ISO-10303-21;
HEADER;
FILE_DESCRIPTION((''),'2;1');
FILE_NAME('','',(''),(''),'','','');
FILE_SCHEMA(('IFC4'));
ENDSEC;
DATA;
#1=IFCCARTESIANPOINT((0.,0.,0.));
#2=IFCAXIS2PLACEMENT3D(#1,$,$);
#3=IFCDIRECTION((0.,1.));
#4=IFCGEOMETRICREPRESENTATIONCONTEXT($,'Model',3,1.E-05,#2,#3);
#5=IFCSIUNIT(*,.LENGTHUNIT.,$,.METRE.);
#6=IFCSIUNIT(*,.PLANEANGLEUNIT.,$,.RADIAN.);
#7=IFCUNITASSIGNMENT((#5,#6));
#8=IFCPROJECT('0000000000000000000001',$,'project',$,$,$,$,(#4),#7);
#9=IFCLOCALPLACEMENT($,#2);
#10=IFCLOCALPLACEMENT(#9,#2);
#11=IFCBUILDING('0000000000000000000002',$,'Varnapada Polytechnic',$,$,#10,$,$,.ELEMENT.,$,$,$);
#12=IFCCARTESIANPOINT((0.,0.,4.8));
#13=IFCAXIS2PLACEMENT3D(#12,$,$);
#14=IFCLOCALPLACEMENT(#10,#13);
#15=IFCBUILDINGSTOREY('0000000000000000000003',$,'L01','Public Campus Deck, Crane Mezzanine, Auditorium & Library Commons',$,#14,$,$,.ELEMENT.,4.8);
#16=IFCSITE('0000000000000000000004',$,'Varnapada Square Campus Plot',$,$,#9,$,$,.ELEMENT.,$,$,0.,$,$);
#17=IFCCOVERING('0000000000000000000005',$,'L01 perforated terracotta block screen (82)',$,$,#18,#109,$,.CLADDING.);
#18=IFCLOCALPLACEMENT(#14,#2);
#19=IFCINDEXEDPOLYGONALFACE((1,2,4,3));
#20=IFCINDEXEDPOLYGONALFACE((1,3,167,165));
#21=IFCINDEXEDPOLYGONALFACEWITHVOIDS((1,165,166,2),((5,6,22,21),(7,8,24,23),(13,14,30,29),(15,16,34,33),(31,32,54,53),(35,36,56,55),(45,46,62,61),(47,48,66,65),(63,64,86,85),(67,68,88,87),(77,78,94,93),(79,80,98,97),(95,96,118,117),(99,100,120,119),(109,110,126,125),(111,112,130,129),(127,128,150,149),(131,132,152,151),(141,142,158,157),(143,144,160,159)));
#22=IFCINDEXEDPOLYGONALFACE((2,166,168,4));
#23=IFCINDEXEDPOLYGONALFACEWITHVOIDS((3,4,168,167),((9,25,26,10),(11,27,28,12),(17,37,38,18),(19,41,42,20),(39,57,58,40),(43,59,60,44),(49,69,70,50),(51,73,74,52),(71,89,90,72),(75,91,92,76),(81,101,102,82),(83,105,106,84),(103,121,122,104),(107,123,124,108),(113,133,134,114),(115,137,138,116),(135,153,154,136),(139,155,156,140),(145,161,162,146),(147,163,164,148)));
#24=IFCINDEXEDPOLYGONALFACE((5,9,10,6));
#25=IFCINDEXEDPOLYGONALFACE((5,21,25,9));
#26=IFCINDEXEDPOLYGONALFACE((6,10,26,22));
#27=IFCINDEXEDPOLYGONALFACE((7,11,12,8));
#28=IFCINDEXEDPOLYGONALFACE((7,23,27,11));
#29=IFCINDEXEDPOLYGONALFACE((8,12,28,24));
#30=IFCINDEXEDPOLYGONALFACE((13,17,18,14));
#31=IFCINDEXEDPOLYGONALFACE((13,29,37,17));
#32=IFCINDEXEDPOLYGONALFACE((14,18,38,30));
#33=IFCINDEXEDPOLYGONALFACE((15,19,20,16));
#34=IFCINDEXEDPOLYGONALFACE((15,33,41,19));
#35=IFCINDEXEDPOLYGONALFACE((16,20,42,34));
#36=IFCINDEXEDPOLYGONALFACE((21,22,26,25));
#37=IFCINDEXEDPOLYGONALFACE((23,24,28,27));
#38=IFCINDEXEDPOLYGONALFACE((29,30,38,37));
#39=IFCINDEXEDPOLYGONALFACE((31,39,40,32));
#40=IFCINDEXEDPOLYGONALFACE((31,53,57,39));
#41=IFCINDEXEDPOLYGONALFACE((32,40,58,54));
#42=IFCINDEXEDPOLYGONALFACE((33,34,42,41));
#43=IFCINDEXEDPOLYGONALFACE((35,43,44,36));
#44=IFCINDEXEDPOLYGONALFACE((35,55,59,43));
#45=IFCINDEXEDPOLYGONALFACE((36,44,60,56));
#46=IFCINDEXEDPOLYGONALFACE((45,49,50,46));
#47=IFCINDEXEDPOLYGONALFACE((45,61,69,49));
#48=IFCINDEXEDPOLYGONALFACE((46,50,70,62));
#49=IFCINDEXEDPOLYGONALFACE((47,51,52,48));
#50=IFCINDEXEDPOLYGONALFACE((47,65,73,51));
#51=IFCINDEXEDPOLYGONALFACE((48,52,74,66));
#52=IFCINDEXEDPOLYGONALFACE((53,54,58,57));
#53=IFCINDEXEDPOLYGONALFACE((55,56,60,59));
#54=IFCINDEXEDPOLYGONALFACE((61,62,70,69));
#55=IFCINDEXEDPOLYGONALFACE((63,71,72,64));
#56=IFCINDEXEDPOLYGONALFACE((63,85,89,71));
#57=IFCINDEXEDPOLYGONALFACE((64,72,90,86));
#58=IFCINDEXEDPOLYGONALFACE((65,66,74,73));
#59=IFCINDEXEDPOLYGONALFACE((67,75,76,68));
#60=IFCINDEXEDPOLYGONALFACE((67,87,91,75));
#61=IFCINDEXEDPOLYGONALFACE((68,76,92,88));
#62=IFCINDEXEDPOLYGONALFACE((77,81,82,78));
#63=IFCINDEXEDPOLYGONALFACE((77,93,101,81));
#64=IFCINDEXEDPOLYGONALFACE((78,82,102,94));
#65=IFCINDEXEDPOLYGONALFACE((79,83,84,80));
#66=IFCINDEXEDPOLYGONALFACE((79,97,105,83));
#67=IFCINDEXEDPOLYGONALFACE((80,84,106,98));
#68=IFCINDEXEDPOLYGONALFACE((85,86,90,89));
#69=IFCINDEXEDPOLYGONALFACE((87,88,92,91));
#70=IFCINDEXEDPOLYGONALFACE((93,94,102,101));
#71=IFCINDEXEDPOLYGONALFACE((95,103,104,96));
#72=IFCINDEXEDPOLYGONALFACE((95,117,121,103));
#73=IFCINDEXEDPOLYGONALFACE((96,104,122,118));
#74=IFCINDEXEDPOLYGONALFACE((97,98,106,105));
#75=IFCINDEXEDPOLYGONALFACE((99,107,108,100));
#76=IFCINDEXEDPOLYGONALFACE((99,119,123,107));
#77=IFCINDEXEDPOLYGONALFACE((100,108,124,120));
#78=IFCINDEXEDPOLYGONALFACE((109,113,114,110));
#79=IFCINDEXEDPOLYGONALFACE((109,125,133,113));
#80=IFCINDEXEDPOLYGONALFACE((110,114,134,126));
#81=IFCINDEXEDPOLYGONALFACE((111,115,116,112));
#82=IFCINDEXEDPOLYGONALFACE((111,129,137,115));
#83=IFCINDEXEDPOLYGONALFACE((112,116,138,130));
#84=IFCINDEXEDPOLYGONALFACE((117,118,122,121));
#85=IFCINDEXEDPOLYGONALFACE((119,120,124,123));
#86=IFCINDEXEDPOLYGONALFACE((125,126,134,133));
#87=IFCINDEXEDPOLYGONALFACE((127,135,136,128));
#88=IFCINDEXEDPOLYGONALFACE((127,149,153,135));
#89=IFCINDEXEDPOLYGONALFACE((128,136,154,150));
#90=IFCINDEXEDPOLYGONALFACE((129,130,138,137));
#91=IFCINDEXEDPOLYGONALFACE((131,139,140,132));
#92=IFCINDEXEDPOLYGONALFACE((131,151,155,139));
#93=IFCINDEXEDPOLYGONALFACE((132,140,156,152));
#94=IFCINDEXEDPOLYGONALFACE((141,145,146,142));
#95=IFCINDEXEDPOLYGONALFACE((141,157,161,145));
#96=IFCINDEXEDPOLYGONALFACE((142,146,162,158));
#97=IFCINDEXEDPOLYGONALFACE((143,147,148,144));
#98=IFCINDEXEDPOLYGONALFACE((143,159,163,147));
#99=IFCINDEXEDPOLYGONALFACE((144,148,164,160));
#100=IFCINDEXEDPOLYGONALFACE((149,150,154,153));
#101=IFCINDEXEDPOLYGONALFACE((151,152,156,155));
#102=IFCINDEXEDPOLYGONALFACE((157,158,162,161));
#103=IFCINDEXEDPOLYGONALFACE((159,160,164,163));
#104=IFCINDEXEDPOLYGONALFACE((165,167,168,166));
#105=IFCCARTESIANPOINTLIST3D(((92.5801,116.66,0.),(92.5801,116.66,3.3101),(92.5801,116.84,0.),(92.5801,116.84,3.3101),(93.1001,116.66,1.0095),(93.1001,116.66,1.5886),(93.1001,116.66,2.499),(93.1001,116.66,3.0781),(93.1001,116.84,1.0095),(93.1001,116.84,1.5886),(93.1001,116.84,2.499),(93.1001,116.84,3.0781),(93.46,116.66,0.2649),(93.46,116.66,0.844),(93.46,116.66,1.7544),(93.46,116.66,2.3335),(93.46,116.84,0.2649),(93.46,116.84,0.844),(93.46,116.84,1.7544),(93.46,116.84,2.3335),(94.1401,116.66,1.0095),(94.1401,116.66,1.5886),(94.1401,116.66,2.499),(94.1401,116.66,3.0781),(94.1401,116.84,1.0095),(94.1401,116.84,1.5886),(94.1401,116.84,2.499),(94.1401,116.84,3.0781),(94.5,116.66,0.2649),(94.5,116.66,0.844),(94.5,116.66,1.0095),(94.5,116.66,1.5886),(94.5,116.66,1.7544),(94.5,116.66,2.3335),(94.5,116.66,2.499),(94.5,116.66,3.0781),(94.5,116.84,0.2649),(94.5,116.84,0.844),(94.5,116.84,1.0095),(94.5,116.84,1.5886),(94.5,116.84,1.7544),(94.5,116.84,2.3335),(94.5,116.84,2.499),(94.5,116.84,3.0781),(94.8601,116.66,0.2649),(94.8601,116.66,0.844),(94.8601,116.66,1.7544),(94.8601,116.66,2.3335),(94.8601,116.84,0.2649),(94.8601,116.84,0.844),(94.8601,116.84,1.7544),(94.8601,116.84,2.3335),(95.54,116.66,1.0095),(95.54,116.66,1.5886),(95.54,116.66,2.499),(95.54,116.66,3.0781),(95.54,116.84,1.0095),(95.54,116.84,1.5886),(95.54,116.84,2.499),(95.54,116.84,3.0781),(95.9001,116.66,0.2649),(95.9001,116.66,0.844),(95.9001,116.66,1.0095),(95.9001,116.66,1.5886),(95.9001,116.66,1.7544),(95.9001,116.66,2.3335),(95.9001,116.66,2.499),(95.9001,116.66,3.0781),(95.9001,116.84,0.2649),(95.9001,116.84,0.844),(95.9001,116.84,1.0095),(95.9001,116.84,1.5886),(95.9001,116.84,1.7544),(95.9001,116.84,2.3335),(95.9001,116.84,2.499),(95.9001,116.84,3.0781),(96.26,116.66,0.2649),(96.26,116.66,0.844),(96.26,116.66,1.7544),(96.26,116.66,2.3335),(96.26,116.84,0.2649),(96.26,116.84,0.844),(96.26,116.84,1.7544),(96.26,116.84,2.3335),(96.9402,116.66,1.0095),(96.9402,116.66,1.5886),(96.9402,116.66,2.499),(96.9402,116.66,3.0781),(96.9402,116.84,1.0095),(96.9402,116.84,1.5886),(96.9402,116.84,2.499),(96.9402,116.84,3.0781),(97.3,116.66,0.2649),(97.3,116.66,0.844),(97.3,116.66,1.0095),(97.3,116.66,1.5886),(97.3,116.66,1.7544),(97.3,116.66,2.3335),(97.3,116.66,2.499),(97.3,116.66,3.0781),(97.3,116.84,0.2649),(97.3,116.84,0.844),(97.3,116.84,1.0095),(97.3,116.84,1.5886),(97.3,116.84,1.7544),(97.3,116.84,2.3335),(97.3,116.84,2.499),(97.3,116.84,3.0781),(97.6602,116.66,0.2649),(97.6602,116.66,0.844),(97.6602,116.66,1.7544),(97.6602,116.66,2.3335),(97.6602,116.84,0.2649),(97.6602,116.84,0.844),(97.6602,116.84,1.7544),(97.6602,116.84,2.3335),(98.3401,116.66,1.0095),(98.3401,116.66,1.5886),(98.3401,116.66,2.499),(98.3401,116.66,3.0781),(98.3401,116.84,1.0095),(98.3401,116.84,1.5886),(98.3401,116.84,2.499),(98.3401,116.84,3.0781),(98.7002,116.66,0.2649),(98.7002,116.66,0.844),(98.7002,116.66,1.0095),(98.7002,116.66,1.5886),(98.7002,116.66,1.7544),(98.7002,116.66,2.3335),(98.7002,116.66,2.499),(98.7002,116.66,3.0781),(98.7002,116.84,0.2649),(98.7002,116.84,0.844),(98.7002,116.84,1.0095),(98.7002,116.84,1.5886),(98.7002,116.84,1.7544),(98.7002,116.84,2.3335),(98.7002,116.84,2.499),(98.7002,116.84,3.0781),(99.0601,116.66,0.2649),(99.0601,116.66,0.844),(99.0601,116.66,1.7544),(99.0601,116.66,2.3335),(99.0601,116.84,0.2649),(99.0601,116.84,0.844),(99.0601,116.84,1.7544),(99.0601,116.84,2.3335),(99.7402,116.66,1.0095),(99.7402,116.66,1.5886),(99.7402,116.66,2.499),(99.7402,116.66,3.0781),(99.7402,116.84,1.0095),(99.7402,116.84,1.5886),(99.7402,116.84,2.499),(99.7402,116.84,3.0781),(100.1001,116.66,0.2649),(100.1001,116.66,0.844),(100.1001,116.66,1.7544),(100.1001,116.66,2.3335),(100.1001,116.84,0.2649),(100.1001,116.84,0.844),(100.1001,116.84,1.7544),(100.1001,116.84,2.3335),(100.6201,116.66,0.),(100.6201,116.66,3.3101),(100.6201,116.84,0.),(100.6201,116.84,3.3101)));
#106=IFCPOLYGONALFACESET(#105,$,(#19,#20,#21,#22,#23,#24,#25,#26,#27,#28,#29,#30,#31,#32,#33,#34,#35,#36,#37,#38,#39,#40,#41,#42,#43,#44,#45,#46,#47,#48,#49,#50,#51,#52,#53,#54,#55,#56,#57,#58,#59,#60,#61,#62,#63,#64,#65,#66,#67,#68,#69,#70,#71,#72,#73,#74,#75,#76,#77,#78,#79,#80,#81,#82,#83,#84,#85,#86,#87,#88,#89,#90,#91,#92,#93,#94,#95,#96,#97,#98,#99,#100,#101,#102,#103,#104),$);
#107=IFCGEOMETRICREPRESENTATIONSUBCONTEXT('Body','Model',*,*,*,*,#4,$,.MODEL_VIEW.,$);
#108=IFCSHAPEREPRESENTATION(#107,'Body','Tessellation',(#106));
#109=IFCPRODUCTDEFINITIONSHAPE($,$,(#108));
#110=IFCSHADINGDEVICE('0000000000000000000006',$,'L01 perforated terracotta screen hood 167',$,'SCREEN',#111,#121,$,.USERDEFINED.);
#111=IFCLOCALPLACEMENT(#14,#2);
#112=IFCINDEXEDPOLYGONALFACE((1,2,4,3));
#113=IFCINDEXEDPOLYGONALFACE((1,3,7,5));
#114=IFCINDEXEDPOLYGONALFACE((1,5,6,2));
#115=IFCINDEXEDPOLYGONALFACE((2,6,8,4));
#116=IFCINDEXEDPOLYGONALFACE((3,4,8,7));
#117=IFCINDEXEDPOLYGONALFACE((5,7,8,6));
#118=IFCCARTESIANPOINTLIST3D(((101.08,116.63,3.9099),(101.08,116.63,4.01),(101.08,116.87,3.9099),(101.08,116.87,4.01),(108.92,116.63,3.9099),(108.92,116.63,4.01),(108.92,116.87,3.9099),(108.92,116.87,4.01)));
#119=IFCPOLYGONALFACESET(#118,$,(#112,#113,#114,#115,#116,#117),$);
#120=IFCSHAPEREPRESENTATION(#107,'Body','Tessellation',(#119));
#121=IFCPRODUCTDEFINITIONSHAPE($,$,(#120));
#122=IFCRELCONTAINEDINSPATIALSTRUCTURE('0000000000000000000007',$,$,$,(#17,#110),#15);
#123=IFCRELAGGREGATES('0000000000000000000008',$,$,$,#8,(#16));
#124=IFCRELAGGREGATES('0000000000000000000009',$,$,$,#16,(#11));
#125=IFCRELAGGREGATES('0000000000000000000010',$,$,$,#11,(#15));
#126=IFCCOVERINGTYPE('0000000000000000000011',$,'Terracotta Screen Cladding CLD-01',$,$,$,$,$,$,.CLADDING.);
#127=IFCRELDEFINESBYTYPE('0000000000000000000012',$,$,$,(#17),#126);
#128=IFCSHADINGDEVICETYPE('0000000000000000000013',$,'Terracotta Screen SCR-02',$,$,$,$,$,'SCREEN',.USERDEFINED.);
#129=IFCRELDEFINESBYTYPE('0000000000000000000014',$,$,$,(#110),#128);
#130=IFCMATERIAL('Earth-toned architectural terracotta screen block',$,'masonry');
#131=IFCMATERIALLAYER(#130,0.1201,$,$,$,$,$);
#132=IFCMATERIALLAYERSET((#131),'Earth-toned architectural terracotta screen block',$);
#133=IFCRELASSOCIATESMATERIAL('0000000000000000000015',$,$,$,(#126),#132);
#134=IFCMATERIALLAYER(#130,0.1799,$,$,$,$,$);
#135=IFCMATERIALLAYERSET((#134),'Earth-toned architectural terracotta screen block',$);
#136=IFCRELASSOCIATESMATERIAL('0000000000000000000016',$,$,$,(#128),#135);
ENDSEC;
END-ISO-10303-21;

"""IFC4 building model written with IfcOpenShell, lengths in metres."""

from ifc_helpers import new_model, si_unit, direction, frame, frame_2d, origin, origin_2d, place, context, subcontext, project, spatial, rectangle, extrude, material, layer, layer_set, type_object, element, save


model = new_model("IFC4")

# Units and contexts
model_context = context("Model", 3, precision=1e-05, world=origin(), true_north=direction((0.0, 1.0)))
body_context = subcontext(model_context, "Body", "Model", "MODEL_VIEW")
ifc_project = project(units=[si_unit("LENGTHUNIT", "METRE"), si_unit("PLANEANGLEUNIT", "RADIAN")], contexts=[model_context])

# Site, building, storey
site_placement = place(None, origin())
site = spatial("IfcSite", under=ifc_project, at=site_placement, Name="Varnapada Square Campus Plot", CompositionType="ELEMENT", RefElevation=0.0)
building_placement = place(site_placement, origin())
building = spatial("IfcBuilding", under=site, at=building_placement, Name="Varnapada Polytechnic", CompositionType="ELEMENT")
storey_placement = place(building_placement, frame((0.0, 0.0, 4.8)))
storey = spatial("IfcBuildingStorey", under=building, at=storey_placement, Name="L01", Description="Public Campus Deck, Crane Mezzanine, Auditorium & Library Commons", CompositionType="ELEMENT", Elevation=4.8)

# Covering, openings
ifc_material_1 = material(Name="Earth-toned architectural terracotta screen block", Category="masonry")
ifc_layer_1 = layer(ifc_material_1, 0.1201)
ifc_layer_set_1 = layer_set([ifc_layer_1], Name="Earth-toned architectural terracotta screen block")
covering_type = type_object("IfcCoveringType", Name="Terracotta Screen Cladding CLD-01", PredefinedType="CLADDING", material=ifc_layer_set_1)
covering_placement = place(storey_placement, frame((100.6201, 116.75, 0.0), z_axis=(0.0, 0.0, 1.0), x_axis=(-1.0, 0.0, 0.0)))
covering = element("IfcCovering", 1, at=covering_placement, inside=storey, type_object=covering_type, Name="L01 perforated terracotta block screen (82)", PredefinedType="CLADDING", context=body_context, shape_type="SweptSolid", body=[
    extrude(rectangle(XDim=8.04, YDim=0.1799, at=frame_2d((4.02, 0.0))), origin(), (0.0, 0.0, 1.0), 3.3101),
])
opening_1_placement = place(covering_placement, frame((0.52, 0.0, 0.2649)))
element("IfcOpeningElement", 2, at=opening_1_placement, cuts=covering, PredefinedType="OPENING", context=body_context, shape_type="SweptSolid", body=[
    extrude(rectangle(XDim=1.04, YDim=0.5791, at=frame_2d((0.52, 0.2896))), frame((0.0, 0.0999, 0.0), z_axis=(0.0, -1.0, 0.0), x_axis=(1.0, 0.0, 0.0)), (0.0, 0.0, 1.0), 0.2),
])
opening_2_placement = place(covering_placement, frame((1.9199, 0.0, 0.2649)))
element("IfcOpeningElement", 3, at=opening_2_placement, cuts=covering, PredefinedType="OPENING", context=body_context, shape_type="SweptSolid", body=[
    extrude(rectangle(XDim=1.04, YDim=0.5791, at=frame_2d((0.52, 0.2896))), frame((0.0, 0.0999, 0.0), z_axis=(0.0, -1.0, 0.0), x_axis=(1.0, 0.0, 0.0)), (0.0, 0.0, 1.0), 0.2),
])
opening_3_placement = place(covering_placement, frame((3.3201, 0.0, 0.2649)))
element("IfcOpeningElement", 4, at=opening_3_placement, cuts=covering, PredefinedType="OPENING", context=body_context, shape_type="SweptSolid", body=[
    extrude(rectangle(XDim=1.04, YDim=0.5791, at=frame_2d((0.52, 0.2896))), frame((0.0, 0.0999, 0.0), z_axis=(0.0, -1.0, 0.0), x_axis=(1.0, 0.0, 0.0)), (0.0, 0.0, 1.0), 0.2),
])
opening_4_placement = place(covering_placement, frame((4.72, 0.0, 0.2649)))
element("IfcOpeningElement", 5, at=opening_4_placement, cuts=covering, PredefinedType="OPENING", context=body_context, shape_type="SweptSolid", body=[
    extrude(rectangle(XDim=1.04, YDim=0.5791, at=frame_2d((0.52, 0.2896))), frame((0.0, 0.0999, 0.0), z_axis=(0.0, -1.0, 0.0), x_axis=(1.0, 0.0, 0.0)), (0.0, 0.0, 1.0), 0.2),
])
opening_5_placement = place(covering_placement, frame((6.1201, 0.0, 0.2649)))
element("IfcOpeningElement", 6, at=opening_5_placement, cuts=covering, PredefinedType="OPENING", context=body_context, shape_type="SweptSolid", body=[
    extrude(rectangle(XDim=1.04, YDim=0.5791, at=frame_2d((0.52, 0.2896))), frame((0.0, 0.0999, 0.0), z_axis=(0.0, -1.0, 0.0), x_axis=(1.0, 0.0, 0.0)), (0.0, 0.0, 1.0), 0.2),
])
opening_6_placement = place(covering_placement, frame((0.8799, 0.0, 1.0095)))
element("IfcOpeningElement", 7, at=opening_6_placement, cuts=covering, PredefinedType="OPENING", context=body_context, shape_type="SweptSolid", body=[
    extrude(rectangle(XDim=1.04, YDim=0.5791, at=frame_2d((0.52, 0.2896))), frame((0.0, 0.0999, 0.0), z_axis=(0.0, -1.0, 0.0), x_axis=(1.0, 0.0, 0.0)), (0.0, 0.0, 1.0), 0.2),
])
opening_7_placement = place(covering_placement, frame((2.28, 0.0, 1.0095)))
element("IfcOpeningElement", 8, at=opening_7_placement, cuts=covering, PredefinedType="OPENING", context=body_context, shape_type="SweptSolid", body=[
    extrude(rectangle(XDim=1.04, YDim=0.5791, at=frame_2d((0.52, 0.2896))), frame((0.0, 0.0999, 0.0), z_axis=(0.0, -1.0, 0.0), x_axis=(1.0, 0.0, 0.0)), (0.0, 0.0, 1.0), 0.2),
])
opening_8_placement = place(covering_placement, frame((3.6799, 0.0, 1.0095)))
element("IfcOpeningElement", 9, at=opening_8_placement, cuts=covering, PredefinedType="OPENING", context=body_context, shape_type="SweptSolid", body=[
    extrude(rectangle(XDim=1.04, YDim=0.5791, at=frame_2d((0.52, 0.2896))), frame((0.0, 0.0999, 0.0), z_axis=(0.0, -1.0, 0.0), x_axis=(1.0, 0.0, 0.0)), (0.0, 0.0, 1.0), 0.2),
])
opening_9_placement = place(covering_placement, frame((5.0801, 0.0, 1.0095)))
element("IfcOpeningElement", 10, at=opening_9_placement, cuts=covering, PredefinedType="OPENING", context=body_context, shape_type="SweptSolid", body=[
    extrude(rectangle(XDim=1.04, YDim=0.5791, at=frame_2d((0.52, 0.2896))), frame((0.0, 0.0999, 0.0), z_axis=(0.0, -1.0, 0.0), x_axis=(1.0, 0.0, 0.0)), (0.0, 0.0, 1.0), 0.2),
])
opening_10_placement = place(covering_placement, frame((6.48, 0.0, 1.0095)))
element("IfcOpeningElement", 11, at=opening_10_placement, cuts=covering, PredefinedType="OPENING", context=body_context, shape_type="SweptSolid", body=[
    extrude(rectangle(XDim=1.04, YDim=0.5791, at=frame_2d((0.52, 0.2896))), frame((0.0, 0.0999, 0.0), z_axis=(0.0, -1.0, 0.0), x_axis=(1.0, 0.0, 0.0)), (0.0, 0.0, 1.0), 0.2),
])
opening_11_placement = place(covering_placement, frame((0.52, 0.0, 1.7544)))
element("IfcOpeningElement", 12, at=opening_11_placement, cuts=covering, PredefinedType="OPENING", context=body_context, shape_type="SweptSolid", body=[
    extrude(rectangle(XDim=1.04, YDim=0.5791, at=frame_2d((0.52, 0.2896))), frame((0.0, 0.0999, 0.0), z_axis=(0.0, -1.0, 0.0), x_axis=(1.0, 0.0, 0.0)), (0.0, 0.0, 1.0), 0.2),
])
opening_12_placement = place(covering_placement, frame((1.9199, 0.0, 1.7544)))
element("IfcOpeningElement", 13, at=opening_12_placement, cuts=covering, PredefinedType="OPENING", context=body_context, shape_type="SweptSolid", body=[
    extrude(rectangle(XDim=1.04, YDim=0.5791, at=frame_2d((0.52, 0.2896))), frame((0.0, 0.0999, 0.0), z_axis=(0.0, -1.0, 0.0), x_axis=(1.0, 0.0, 0.0)), (0.0, 0.0, 1.0), 0.2),
])
opening_13_placement = place(covering_placement, frame((3.3201, 0.0, 1.7544)))
element("IfcOpeningElement", 14, at=opening_13_placement, cuts=covering, PredefinedType="OPENING", context=body_context, shape_type="SweptSolid", body=[
    extrude(rectangle(XDim=1.04, YDim=0.5791, at=frame_2d((0.52, 0.2896))), frame((0.0, 0.0999, 0.0), z_axis=(0.0, -1.0, 0.0), x_axis=(1.0, 0.0, 0.0)), (0.0, 0.0, 1.0), 0.2),
])
opening_14_placement = place(covering_placement, frame((4.72, 0.0, 1.7544)))
element("IfcOpeningElement", 15, at=opening_14_placement, cuts=covering, PredefinedType="OPENING", context=body_context, shape_type="SweptSolid", body=[
    extrude(rectangle(XDim=1.04, YDim=0.5791, at=frame_2d((0.52, 0.2896))), frame((0.0, 0.0999, 0.0), z_axis=(0.0, -1.0, 0.0), x_axis=(1.0, 0.0, 0.0)), (0.0, 0.0, 1.0), 0.2),
])
opening_15_placement = place(covering_placement, frame((6.1201, 0.0, 1.7544)))
element("IfcOpeningElement", 16, at=opening_15_placement, cuts=covering, PredefinedType="OPENING", context=body_context, shape_type="SweptSolid", body=[
    extrude(rectangle(XDim=1.04, YDim=0.5791, at=frame_2d((0.52, 0.2896))), frame((0.0, 0.0999, 0.0), z_axis=(0.0, -1.0, 0.0), x_axis=(1.0, 0.0, 0.0)), (0.0, 0.0, 1.0), 0.2),
])
opening_16_placement = place(covering_placement, frame((0.8799, 0.0, 2.499)))
element("IfcOpeningElement", 17, at=opening_16_placement, cuts=covering, PredefinedType="OPENING", context=body_context, shape_type="SweptSolid", body=[
    extrude(rectangle(XDim=1.04, YDim=0.5791, at=frame_2d((0.52, 0.2896))), frame((0.0, 0.0999, 0.0), z_axis=(0.0, -1.0, 0.0), x_axis=(1.0, 0.0, 0.0)), (0.0, 0.0, 1.0), 0.2),
])
opening_17_placement = place(covering_placement, frame((2.28, 0.0, 2.499)))
element("IfcOpeningElement", 18, at=opening_17_placement, cuts=covering, PredefinedType="OPENING", context=body_context, shape_type="SweptSolid", body=[
    extrude(rectangle(XDim=1.04, YDim=0.5791, at=frame_2d((0.52, 0.2896))), frame((0.0, 0.0999, 0.0), z_axis=(0.0, -1.0, 0.0), x_axis=(1.0, 0.0, 0.0)), (0.0, 0.0, 1.0), 0.2),
])
opening_18_placement = place(covering_placement, frame((3.6799, 0.0, 2.499)))
element("IfcOpeningElement", 19, at=opening_18_placement, cuts=covering, PredefinedType="OPENING", context=body_context, shape_type="SweptSolid", body=[
    extrude(rectangle(XDim=1.04, YDim=0.5791, at=frame_2d((0.52, 0.2896))), frame((0.0, 0.0999, 0.0), z_axis=(0.0, -1.0, 0.0), x_axis=(1.0, 0.0, 0.0)), (0.0, 0.0, 1.0), 0.2),
])
opening_19_placement = place(covering_placement, frame((5.0801, 0.0, 2.499)))
element("IfcOpeningElement", 20, at=opening_19_placement, cuts=covering, PredefinedType="OPENING", context=body_context, shape_type="SweptSolid", body=[
    extrude(rectangle(XDim=1.04, YDim=0.5791, at=frame_2d((0.52, 0.2896))), frame((0.0, 0.0999, 0.0), z_axis=(0.0, -1.0, 0.0), x_axis=(1.0, 0.0, 0.0)), (0.0, 0.0, 1.0), 0.2),
])
opening_20_placement = place(covering_placement, frame((6.48, 0.0, 2.499)))
element("IfcOpeningElement", 21, at=opening_20_placement, cuts=covering, PredefinedType="OPENING", context=body_context, shape_type="SweptSolid", body=[
    extrude(rectangle(XDim=1.04, YDim=0.5791, at=frame_2d((0.52, 0.2896))), frame((0.0, 0.0999, 0.0), z_axis=(0.0, -1.0, 0.0), x_axis=(1.0, 0.0, 0.0)), (0.0, 0.0, 1.0), 0.2),
])

# Shading device
ifc_layer_2 = layer(ifc_material_1, 0.1799)
ifc_layer_set_2 = layer_set([ifc_layer_2], Name="Earth-toned architectural terracotta screen block")
shading_device_type = type_object("IfcShadingDeviceType", Name="Terracotta Screen SCR-02", ElementType="SCREEN", PredefinedType="USERDEFINED", material=ifc_layer_set_2)
shading_device_placement = place(storey_placement, frame((105.0, 116.75, 3.9099), z_axis=(0.0, 0.0, 1.0), x_axis=(-1.0, 0.0, 0.0)))
element("IfcShadingDevice", 22, at=shading_device_placement, inside=storey, type_object=shading_device_type, Name="L01 perforated terracotta screen hood 167", ObjectType="SCREEN", PredefinedType="USERDEFINED", context=body_context, shape_type="SweptSolid", body=[
    extrude(rectangle(XDim=7.8401, YDim=0.24, at=origin_2d()), origin(), (0.0, 0.0, 1.0), 0.1001),
])

save(model, "model.ifc")
